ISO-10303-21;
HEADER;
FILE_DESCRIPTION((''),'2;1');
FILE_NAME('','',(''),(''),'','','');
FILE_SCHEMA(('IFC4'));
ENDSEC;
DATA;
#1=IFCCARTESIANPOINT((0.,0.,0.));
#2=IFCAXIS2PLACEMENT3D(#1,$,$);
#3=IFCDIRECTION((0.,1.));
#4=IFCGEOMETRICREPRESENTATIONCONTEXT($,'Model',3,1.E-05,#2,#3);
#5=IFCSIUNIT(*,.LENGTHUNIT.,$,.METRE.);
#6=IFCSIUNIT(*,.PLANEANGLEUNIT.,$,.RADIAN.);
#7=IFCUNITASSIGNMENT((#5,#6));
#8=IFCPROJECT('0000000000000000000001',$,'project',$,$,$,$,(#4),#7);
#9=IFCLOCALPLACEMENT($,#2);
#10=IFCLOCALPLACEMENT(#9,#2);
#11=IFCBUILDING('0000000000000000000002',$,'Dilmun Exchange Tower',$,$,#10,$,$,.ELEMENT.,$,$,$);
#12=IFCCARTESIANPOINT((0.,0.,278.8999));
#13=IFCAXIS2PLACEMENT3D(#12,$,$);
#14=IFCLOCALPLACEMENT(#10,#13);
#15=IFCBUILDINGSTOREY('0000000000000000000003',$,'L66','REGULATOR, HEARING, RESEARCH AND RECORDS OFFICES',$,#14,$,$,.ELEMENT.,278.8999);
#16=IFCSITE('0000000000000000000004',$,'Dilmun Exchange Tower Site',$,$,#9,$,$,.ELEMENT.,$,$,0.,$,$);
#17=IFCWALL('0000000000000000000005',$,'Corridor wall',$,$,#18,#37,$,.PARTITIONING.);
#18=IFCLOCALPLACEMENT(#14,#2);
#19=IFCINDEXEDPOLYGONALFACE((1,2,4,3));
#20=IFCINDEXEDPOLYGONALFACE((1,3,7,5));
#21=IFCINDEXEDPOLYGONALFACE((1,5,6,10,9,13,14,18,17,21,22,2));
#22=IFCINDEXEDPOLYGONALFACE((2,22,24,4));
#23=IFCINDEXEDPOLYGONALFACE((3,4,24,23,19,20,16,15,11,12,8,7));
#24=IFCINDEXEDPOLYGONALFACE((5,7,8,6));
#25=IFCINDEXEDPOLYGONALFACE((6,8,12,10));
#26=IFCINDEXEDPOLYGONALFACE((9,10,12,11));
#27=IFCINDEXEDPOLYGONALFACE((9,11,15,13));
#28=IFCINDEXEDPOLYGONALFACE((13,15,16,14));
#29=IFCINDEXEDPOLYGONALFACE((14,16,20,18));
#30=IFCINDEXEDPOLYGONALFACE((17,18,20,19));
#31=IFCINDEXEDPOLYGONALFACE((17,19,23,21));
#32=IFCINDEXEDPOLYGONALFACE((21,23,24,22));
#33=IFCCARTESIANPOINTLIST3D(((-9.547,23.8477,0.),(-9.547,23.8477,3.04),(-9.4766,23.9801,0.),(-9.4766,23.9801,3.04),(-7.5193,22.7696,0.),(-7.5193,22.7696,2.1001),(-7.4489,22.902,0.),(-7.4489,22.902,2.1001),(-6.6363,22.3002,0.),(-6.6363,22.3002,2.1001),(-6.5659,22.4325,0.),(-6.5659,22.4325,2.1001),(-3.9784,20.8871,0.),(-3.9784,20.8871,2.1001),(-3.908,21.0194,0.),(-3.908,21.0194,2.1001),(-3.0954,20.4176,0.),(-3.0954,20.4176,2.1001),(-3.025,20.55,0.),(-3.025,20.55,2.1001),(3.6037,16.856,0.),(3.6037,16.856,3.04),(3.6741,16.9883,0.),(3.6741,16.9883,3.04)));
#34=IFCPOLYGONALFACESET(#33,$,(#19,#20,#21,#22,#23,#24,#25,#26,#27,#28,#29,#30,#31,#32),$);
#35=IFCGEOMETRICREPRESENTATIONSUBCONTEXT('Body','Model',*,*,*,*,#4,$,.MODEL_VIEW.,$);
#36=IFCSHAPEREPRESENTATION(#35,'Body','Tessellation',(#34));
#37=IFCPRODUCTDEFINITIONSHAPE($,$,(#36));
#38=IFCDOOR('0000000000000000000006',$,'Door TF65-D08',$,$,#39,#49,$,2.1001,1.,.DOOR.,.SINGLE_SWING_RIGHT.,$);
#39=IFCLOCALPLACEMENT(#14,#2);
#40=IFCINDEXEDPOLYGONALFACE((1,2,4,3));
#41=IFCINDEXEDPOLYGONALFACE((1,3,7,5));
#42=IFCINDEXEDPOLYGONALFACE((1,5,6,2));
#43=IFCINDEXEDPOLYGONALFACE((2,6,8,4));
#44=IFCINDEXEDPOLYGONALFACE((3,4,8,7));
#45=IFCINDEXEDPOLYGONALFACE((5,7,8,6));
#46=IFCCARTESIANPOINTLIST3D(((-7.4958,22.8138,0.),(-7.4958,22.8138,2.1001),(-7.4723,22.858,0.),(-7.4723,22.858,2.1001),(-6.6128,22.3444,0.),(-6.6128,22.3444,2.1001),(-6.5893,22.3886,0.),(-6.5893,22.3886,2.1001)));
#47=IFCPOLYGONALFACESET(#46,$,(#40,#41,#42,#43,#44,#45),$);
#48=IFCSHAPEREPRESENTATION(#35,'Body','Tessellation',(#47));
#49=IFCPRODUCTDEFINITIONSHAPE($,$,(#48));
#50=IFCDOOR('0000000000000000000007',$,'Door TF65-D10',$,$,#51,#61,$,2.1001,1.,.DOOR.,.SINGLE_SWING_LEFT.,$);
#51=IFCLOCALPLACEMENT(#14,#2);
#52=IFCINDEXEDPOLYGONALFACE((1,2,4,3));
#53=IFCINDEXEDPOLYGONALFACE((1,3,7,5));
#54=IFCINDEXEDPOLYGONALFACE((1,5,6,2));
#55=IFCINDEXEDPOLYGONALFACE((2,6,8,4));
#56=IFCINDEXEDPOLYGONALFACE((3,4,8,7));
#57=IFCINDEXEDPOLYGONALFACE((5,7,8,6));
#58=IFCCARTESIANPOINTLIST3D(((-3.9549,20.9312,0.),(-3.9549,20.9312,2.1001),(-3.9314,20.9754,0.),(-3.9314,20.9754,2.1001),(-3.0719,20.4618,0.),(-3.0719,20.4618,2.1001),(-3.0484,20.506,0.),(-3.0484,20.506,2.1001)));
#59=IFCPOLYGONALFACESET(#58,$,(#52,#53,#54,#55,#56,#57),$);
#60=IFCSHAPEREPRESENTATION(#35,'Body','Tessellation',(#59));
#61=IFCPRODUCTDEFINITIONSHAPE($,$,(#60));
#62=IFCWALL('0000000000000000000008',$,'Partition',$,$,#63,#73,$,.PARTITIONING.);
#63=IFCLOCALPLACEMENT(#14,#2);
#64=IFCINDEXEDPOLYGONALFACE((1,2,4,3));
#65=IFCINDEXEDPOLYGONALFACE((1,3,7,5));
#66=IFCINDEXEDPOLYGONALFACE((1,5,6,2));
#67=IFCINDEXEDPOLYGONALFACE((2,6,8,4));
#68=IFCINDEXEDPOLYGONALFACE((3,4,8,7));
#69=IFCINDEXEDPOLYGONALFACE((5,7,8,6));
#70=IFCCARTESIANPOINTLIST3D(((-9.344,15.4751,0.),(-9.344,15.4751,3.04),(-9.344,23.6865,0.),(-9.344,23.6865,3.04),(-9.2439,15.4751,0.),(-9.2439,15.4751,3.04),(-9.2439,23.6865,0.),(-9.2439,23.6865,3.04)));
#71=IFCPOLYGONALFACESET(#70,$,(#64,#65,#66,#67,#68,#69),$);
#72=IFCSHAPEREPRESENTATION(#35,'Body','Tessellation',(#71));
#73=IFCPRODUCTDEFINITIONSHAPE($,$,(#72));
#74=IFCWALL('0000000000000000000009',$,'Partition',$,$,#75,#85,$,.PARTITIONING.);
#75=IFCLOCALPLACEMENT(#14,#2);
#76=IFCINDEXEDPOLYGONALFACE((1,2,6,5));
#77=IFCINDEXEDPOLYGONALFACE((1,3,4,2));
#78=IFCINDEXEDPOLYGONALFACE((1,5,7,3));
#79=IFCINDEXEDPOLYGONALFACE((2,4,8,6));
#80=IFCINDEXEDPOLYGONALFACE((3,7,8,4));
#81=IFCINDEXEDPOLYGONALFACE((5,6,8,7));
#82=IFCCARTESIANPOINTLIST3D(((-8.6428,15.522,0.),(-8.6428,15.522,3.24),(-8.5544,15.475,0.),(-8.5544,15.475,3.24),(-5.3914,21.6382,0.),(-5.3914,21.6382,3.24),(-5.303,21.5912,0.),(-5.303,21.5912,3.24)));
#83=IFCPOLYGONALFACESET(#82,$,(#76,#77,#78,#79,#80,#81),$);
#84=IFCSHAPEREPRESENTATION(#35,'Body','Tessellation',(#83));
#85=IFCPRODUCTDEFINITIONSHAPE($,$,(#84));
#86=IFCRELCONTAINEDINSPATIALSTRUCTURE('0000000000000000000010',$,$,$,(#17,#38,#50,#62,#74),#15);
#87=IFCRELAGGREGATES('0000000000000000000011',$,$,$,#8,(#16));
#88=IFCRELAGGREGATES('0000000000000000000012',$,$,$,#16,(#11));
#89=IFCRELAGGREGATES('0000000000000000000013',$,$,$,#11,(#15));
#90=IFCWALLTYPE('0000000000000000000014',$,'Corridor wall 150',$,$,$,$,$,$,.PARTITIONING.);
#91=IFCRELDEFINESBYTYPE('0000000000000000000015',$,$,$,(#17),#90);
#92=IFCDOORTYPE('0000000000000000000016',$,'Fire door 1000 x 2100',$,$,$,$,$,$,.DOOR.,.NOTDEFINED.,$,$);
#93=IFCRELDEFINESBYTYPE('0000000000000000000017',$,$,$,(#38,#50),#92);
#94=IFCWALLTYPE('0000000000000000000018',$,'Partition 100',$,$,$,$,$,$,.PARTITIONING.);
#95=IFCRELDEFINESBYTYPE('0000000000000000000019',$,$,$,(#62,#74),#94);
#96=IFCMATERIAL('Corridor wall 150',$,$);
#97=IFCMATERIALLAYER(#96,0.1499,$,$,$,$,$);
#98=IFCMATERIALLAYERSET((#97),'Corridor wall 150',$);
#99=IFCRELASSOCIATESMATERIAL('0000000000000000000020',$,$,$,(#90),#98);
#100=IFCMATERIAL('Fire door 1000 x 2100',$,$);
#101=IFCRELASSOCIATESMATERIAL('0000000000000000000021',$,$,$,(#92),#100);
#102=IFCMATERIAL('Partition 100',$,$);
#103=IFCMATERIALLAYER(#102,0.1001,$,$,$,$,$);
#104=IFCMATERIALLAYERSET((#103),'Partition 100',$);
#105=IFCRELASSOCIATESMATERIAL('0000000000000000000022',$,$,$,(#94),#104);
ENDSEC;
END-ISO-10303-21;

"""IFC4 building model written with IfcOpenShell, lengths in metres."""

from ifc_helpers import new_model, si_unit, direction, frame, frame_2d, origin, place, context, subcontext, project, spatial, rectangle, extrude, material, layer, layer_set, type_object, element, fill, save


model = new_model("IFC4")

# Units and contexts
model_context = context("Model", 3, precision=1e-05, world=origin(), true_north=direction((0.0, 1.0)))
body_context = subcontext(model_context, "Body", "Model", "MODEL_VIEW")
ifc_project = project(units=[si_unit("LENGTHUNIT", "METRE"), si_unit("PLANEANGLEUNIT", "RADIAN")], contexts=[model_context])

# Site, building, storey
site_placement = place(None, origin())
site = spatial("IfcSite", under=ifc_project, at=site_placement, Name="Dilmun Exchange Tower Site", CompositionType="ELEMENT", RefElevation=0.0)
building_placement = place(site_placement, origin())
building = spatial("IfcBuilding", under=site, at=building_placement, Name="Dilmun Exchange Tower", CompositionType="ELEMENT")
storey_placement = place(building_placement, frame((0.0, 0.0, 278.8999)))
storey = spatial("IfcBuildingStorey", under=building, at=storey_placement, Name="L66", Description="REGULATOR, HEARING, RESEARCH AND RECORDS OFFICES", CompositionType="ELEMENT", Elevation=278.8999)

# Shared definitions
ifc_material_1 = material(Name="Corridor wall 150")
ifc_layer_1 = layer(ifc_material_1, 0.1499)
ifc_layer_set_1 = layer_set([ifc_layer_1], Name="Corridor wall 150")
wall_type_1 = type_object("IfcWallType", Name="Corridor wall 150", PredefinedType="PARTITIONING", material=ifc_layer_set_1)

# Wall, openings, doors
wall_1_placement = place(storey_placement, frame((-9.5117, 23.9138, 0.0), z_axis=(0.0, 0.0, 1.0), x_axis=(0.882965, -0.469439, 0.0)))
wall_1 = element("IfcWall", 1, at=wall_1_placement, inside=storey, type_object=wall_type_1, Name="Corridor wall", PredefinedType="PARTITIONING", context=body_context, shape_type="SweptSolid", body=[
    extrude(rectangle(XDim=14.8938, YDim=0.1499, at=frame_2d((7.4468, 0.0))), origin(), (0.0, 0.0, 1.0), 3.04),
])
opening_1_placement = place(wall_1_placement, frame((2.2964, 0.0, 0.0)))
opening_1 = element("IfcOpeningElement", 2, at=opening_1_placement, cuts=wall_1, PredefinedType="OPENING", context=body_context, shape_type="SweptSolid", body=[
    extrude(rectangle(XDim=1.0, YDim=2.1001, at=frame_2d((0.5, 1.05))), frame((0.0, 0.085, 0.0), z_axis=(0.0, -1.0, 0.0), x_axis=(1.0, 0.0, 0.0)), (0.0, 0.0, 1.0), 0.1699),
])
opening_2_placement = place(wall_1_placement, frame((6.3066, 0.0, 0.0)))
opening_2 = element("IfcOpeningElement", 3, at=opening_2_placement, cuts=wall_1, PredefinedType="OPENING", context=body_context, shape_type="SweptSolid", body=[
    extrude(rectangle(XDim=1.0, YDim=2.1001, at=frame_2d((0.5, 1.05))), frame((0.0, 0.085, 0.0), z_axis=(0.0, -1.0, 0.0), x_axis=(1.0, 0.0, 0.0)), (0.0, 0.0, 1.0), 0.1699),
])
ifc_material_2 = material(Name="Fire door 1000 x 2100")
door_type_1 = type_object("IfcDoorType", Name="Fire door 1000 x 2100", OperationType="NOTDEFINED", PredefinedType="DOOR", material=ifc_material_2)
door_1_placement = place(opening_1_placement, frame((1.0, 0.0, 0.0), z_axis=(0.0, 0.0, 1.0), x_axis=(-1.0, 0.0, 0.0)))
door_1 = element("IfcDoor", 4, at=door_1_placement, inside=storey, type_object=door_type_1, Name="Door TF65-D08", OperationType="SINGLE_SWING_RIGHT", OverallHeight=2.1001, OverallWidth=1.0, PredefinedType="DOOR", context=body_context, shape_type="SweptSolid", body=[
    extrude(rectangle(XDim=1.0, YDim=2.1001, at=frame_2d((0.5, 1.05))), frame((0.0, 0.0249, 0.0), z_axis=(0.0, -1.0, 0.0), x_axis=(1.0, 0.0, 0.0)), (0.0, 0.0, 1.0), 0.05),
])
fill(opening_1, door_1)
door_2_placement = place(opening_2_placement, frame((1.0, 0.0, 0.0), z_axis=(0.0, 0.0, 1.0), x_axis=(-1.0, 0.0, 0.0)))
door_2 = element("IfcDoor", 5, at=door_2_placement, inside=storey, type_object=door_type_1, Name="Door TF65-D10", OperationType="SINGLE_SWING_LEFT", OverallHeight=2.1001, OverallWidth=1.0, PredefinedType="DOOR", context=body_context, shape_type="SweptSolid", body=[
    extrude(rectangle(XDim=1.0, YDim=2.1001, at=frame_2d((0.5, 1.05))), frame((0.0, 0.0249, 0.0), z_axis=(0.0, -1.0, 0.0), x_axis=(1.0, 0.0, 0.0)), (0.0, 0.0, 1.0), 0.05),
])
fill(opening_2, door_2)

# Walls
ifc_material_3 = material(Name="Partition 100")
ifc_layer_2 = layer(ifc_material_3, 0.1001)
ifc_layer_set_2 = layer_set([ifc_layer_2], Name="Partition 100")
wall_type_2 = type_object("IfcWallType", Name="Partition 100", PredefinedType="PARTITIONING", material=ifc_layer_set_2)
wall_2_placement = place(storey_placement, frame((-9.2939, 15.4751, 0.0), z_axis=(0.0, 0.0, 1.0), x_axis=(0.0, 1.0, 0.0)))
element("IfcWall", 6, at=wall_2_placement, inside=storey, type_object=wall_type_2, Name="Partition", PredefinedType="PARTITIONING", context=body_context, shape_type="SweptSolid", body=[
    extrude(rectangle(XDim=8.2114, YDim=0.1001, at=frame_2d((4.1057, 0.0))), origin(), (0.0, 0.0, 1.0), 3.04),
])
wall_3_placement = place(storey_placement, frame((-8.5986, 15.4985, 0.0), z_axis=(0.0, 0.0, 1.0), x_axis=(0.469406, 0.882982, 0.0)))
element("IfcWall", 7, at=wall_3_placement, inside=storey, type_object=wall_type_2, Name="Partition", PredefinedType="PARTITIONING", context=body_context, shape_type="SweptSolid", body=[
    extrude(rectangle(XDim=6.9268, YDim=0.1001, at=frame_2d((3.4634, 0.0))), origin(), (0.0, 0.0, 1.0), 3.24),
])

save(model, "model.ifc")
